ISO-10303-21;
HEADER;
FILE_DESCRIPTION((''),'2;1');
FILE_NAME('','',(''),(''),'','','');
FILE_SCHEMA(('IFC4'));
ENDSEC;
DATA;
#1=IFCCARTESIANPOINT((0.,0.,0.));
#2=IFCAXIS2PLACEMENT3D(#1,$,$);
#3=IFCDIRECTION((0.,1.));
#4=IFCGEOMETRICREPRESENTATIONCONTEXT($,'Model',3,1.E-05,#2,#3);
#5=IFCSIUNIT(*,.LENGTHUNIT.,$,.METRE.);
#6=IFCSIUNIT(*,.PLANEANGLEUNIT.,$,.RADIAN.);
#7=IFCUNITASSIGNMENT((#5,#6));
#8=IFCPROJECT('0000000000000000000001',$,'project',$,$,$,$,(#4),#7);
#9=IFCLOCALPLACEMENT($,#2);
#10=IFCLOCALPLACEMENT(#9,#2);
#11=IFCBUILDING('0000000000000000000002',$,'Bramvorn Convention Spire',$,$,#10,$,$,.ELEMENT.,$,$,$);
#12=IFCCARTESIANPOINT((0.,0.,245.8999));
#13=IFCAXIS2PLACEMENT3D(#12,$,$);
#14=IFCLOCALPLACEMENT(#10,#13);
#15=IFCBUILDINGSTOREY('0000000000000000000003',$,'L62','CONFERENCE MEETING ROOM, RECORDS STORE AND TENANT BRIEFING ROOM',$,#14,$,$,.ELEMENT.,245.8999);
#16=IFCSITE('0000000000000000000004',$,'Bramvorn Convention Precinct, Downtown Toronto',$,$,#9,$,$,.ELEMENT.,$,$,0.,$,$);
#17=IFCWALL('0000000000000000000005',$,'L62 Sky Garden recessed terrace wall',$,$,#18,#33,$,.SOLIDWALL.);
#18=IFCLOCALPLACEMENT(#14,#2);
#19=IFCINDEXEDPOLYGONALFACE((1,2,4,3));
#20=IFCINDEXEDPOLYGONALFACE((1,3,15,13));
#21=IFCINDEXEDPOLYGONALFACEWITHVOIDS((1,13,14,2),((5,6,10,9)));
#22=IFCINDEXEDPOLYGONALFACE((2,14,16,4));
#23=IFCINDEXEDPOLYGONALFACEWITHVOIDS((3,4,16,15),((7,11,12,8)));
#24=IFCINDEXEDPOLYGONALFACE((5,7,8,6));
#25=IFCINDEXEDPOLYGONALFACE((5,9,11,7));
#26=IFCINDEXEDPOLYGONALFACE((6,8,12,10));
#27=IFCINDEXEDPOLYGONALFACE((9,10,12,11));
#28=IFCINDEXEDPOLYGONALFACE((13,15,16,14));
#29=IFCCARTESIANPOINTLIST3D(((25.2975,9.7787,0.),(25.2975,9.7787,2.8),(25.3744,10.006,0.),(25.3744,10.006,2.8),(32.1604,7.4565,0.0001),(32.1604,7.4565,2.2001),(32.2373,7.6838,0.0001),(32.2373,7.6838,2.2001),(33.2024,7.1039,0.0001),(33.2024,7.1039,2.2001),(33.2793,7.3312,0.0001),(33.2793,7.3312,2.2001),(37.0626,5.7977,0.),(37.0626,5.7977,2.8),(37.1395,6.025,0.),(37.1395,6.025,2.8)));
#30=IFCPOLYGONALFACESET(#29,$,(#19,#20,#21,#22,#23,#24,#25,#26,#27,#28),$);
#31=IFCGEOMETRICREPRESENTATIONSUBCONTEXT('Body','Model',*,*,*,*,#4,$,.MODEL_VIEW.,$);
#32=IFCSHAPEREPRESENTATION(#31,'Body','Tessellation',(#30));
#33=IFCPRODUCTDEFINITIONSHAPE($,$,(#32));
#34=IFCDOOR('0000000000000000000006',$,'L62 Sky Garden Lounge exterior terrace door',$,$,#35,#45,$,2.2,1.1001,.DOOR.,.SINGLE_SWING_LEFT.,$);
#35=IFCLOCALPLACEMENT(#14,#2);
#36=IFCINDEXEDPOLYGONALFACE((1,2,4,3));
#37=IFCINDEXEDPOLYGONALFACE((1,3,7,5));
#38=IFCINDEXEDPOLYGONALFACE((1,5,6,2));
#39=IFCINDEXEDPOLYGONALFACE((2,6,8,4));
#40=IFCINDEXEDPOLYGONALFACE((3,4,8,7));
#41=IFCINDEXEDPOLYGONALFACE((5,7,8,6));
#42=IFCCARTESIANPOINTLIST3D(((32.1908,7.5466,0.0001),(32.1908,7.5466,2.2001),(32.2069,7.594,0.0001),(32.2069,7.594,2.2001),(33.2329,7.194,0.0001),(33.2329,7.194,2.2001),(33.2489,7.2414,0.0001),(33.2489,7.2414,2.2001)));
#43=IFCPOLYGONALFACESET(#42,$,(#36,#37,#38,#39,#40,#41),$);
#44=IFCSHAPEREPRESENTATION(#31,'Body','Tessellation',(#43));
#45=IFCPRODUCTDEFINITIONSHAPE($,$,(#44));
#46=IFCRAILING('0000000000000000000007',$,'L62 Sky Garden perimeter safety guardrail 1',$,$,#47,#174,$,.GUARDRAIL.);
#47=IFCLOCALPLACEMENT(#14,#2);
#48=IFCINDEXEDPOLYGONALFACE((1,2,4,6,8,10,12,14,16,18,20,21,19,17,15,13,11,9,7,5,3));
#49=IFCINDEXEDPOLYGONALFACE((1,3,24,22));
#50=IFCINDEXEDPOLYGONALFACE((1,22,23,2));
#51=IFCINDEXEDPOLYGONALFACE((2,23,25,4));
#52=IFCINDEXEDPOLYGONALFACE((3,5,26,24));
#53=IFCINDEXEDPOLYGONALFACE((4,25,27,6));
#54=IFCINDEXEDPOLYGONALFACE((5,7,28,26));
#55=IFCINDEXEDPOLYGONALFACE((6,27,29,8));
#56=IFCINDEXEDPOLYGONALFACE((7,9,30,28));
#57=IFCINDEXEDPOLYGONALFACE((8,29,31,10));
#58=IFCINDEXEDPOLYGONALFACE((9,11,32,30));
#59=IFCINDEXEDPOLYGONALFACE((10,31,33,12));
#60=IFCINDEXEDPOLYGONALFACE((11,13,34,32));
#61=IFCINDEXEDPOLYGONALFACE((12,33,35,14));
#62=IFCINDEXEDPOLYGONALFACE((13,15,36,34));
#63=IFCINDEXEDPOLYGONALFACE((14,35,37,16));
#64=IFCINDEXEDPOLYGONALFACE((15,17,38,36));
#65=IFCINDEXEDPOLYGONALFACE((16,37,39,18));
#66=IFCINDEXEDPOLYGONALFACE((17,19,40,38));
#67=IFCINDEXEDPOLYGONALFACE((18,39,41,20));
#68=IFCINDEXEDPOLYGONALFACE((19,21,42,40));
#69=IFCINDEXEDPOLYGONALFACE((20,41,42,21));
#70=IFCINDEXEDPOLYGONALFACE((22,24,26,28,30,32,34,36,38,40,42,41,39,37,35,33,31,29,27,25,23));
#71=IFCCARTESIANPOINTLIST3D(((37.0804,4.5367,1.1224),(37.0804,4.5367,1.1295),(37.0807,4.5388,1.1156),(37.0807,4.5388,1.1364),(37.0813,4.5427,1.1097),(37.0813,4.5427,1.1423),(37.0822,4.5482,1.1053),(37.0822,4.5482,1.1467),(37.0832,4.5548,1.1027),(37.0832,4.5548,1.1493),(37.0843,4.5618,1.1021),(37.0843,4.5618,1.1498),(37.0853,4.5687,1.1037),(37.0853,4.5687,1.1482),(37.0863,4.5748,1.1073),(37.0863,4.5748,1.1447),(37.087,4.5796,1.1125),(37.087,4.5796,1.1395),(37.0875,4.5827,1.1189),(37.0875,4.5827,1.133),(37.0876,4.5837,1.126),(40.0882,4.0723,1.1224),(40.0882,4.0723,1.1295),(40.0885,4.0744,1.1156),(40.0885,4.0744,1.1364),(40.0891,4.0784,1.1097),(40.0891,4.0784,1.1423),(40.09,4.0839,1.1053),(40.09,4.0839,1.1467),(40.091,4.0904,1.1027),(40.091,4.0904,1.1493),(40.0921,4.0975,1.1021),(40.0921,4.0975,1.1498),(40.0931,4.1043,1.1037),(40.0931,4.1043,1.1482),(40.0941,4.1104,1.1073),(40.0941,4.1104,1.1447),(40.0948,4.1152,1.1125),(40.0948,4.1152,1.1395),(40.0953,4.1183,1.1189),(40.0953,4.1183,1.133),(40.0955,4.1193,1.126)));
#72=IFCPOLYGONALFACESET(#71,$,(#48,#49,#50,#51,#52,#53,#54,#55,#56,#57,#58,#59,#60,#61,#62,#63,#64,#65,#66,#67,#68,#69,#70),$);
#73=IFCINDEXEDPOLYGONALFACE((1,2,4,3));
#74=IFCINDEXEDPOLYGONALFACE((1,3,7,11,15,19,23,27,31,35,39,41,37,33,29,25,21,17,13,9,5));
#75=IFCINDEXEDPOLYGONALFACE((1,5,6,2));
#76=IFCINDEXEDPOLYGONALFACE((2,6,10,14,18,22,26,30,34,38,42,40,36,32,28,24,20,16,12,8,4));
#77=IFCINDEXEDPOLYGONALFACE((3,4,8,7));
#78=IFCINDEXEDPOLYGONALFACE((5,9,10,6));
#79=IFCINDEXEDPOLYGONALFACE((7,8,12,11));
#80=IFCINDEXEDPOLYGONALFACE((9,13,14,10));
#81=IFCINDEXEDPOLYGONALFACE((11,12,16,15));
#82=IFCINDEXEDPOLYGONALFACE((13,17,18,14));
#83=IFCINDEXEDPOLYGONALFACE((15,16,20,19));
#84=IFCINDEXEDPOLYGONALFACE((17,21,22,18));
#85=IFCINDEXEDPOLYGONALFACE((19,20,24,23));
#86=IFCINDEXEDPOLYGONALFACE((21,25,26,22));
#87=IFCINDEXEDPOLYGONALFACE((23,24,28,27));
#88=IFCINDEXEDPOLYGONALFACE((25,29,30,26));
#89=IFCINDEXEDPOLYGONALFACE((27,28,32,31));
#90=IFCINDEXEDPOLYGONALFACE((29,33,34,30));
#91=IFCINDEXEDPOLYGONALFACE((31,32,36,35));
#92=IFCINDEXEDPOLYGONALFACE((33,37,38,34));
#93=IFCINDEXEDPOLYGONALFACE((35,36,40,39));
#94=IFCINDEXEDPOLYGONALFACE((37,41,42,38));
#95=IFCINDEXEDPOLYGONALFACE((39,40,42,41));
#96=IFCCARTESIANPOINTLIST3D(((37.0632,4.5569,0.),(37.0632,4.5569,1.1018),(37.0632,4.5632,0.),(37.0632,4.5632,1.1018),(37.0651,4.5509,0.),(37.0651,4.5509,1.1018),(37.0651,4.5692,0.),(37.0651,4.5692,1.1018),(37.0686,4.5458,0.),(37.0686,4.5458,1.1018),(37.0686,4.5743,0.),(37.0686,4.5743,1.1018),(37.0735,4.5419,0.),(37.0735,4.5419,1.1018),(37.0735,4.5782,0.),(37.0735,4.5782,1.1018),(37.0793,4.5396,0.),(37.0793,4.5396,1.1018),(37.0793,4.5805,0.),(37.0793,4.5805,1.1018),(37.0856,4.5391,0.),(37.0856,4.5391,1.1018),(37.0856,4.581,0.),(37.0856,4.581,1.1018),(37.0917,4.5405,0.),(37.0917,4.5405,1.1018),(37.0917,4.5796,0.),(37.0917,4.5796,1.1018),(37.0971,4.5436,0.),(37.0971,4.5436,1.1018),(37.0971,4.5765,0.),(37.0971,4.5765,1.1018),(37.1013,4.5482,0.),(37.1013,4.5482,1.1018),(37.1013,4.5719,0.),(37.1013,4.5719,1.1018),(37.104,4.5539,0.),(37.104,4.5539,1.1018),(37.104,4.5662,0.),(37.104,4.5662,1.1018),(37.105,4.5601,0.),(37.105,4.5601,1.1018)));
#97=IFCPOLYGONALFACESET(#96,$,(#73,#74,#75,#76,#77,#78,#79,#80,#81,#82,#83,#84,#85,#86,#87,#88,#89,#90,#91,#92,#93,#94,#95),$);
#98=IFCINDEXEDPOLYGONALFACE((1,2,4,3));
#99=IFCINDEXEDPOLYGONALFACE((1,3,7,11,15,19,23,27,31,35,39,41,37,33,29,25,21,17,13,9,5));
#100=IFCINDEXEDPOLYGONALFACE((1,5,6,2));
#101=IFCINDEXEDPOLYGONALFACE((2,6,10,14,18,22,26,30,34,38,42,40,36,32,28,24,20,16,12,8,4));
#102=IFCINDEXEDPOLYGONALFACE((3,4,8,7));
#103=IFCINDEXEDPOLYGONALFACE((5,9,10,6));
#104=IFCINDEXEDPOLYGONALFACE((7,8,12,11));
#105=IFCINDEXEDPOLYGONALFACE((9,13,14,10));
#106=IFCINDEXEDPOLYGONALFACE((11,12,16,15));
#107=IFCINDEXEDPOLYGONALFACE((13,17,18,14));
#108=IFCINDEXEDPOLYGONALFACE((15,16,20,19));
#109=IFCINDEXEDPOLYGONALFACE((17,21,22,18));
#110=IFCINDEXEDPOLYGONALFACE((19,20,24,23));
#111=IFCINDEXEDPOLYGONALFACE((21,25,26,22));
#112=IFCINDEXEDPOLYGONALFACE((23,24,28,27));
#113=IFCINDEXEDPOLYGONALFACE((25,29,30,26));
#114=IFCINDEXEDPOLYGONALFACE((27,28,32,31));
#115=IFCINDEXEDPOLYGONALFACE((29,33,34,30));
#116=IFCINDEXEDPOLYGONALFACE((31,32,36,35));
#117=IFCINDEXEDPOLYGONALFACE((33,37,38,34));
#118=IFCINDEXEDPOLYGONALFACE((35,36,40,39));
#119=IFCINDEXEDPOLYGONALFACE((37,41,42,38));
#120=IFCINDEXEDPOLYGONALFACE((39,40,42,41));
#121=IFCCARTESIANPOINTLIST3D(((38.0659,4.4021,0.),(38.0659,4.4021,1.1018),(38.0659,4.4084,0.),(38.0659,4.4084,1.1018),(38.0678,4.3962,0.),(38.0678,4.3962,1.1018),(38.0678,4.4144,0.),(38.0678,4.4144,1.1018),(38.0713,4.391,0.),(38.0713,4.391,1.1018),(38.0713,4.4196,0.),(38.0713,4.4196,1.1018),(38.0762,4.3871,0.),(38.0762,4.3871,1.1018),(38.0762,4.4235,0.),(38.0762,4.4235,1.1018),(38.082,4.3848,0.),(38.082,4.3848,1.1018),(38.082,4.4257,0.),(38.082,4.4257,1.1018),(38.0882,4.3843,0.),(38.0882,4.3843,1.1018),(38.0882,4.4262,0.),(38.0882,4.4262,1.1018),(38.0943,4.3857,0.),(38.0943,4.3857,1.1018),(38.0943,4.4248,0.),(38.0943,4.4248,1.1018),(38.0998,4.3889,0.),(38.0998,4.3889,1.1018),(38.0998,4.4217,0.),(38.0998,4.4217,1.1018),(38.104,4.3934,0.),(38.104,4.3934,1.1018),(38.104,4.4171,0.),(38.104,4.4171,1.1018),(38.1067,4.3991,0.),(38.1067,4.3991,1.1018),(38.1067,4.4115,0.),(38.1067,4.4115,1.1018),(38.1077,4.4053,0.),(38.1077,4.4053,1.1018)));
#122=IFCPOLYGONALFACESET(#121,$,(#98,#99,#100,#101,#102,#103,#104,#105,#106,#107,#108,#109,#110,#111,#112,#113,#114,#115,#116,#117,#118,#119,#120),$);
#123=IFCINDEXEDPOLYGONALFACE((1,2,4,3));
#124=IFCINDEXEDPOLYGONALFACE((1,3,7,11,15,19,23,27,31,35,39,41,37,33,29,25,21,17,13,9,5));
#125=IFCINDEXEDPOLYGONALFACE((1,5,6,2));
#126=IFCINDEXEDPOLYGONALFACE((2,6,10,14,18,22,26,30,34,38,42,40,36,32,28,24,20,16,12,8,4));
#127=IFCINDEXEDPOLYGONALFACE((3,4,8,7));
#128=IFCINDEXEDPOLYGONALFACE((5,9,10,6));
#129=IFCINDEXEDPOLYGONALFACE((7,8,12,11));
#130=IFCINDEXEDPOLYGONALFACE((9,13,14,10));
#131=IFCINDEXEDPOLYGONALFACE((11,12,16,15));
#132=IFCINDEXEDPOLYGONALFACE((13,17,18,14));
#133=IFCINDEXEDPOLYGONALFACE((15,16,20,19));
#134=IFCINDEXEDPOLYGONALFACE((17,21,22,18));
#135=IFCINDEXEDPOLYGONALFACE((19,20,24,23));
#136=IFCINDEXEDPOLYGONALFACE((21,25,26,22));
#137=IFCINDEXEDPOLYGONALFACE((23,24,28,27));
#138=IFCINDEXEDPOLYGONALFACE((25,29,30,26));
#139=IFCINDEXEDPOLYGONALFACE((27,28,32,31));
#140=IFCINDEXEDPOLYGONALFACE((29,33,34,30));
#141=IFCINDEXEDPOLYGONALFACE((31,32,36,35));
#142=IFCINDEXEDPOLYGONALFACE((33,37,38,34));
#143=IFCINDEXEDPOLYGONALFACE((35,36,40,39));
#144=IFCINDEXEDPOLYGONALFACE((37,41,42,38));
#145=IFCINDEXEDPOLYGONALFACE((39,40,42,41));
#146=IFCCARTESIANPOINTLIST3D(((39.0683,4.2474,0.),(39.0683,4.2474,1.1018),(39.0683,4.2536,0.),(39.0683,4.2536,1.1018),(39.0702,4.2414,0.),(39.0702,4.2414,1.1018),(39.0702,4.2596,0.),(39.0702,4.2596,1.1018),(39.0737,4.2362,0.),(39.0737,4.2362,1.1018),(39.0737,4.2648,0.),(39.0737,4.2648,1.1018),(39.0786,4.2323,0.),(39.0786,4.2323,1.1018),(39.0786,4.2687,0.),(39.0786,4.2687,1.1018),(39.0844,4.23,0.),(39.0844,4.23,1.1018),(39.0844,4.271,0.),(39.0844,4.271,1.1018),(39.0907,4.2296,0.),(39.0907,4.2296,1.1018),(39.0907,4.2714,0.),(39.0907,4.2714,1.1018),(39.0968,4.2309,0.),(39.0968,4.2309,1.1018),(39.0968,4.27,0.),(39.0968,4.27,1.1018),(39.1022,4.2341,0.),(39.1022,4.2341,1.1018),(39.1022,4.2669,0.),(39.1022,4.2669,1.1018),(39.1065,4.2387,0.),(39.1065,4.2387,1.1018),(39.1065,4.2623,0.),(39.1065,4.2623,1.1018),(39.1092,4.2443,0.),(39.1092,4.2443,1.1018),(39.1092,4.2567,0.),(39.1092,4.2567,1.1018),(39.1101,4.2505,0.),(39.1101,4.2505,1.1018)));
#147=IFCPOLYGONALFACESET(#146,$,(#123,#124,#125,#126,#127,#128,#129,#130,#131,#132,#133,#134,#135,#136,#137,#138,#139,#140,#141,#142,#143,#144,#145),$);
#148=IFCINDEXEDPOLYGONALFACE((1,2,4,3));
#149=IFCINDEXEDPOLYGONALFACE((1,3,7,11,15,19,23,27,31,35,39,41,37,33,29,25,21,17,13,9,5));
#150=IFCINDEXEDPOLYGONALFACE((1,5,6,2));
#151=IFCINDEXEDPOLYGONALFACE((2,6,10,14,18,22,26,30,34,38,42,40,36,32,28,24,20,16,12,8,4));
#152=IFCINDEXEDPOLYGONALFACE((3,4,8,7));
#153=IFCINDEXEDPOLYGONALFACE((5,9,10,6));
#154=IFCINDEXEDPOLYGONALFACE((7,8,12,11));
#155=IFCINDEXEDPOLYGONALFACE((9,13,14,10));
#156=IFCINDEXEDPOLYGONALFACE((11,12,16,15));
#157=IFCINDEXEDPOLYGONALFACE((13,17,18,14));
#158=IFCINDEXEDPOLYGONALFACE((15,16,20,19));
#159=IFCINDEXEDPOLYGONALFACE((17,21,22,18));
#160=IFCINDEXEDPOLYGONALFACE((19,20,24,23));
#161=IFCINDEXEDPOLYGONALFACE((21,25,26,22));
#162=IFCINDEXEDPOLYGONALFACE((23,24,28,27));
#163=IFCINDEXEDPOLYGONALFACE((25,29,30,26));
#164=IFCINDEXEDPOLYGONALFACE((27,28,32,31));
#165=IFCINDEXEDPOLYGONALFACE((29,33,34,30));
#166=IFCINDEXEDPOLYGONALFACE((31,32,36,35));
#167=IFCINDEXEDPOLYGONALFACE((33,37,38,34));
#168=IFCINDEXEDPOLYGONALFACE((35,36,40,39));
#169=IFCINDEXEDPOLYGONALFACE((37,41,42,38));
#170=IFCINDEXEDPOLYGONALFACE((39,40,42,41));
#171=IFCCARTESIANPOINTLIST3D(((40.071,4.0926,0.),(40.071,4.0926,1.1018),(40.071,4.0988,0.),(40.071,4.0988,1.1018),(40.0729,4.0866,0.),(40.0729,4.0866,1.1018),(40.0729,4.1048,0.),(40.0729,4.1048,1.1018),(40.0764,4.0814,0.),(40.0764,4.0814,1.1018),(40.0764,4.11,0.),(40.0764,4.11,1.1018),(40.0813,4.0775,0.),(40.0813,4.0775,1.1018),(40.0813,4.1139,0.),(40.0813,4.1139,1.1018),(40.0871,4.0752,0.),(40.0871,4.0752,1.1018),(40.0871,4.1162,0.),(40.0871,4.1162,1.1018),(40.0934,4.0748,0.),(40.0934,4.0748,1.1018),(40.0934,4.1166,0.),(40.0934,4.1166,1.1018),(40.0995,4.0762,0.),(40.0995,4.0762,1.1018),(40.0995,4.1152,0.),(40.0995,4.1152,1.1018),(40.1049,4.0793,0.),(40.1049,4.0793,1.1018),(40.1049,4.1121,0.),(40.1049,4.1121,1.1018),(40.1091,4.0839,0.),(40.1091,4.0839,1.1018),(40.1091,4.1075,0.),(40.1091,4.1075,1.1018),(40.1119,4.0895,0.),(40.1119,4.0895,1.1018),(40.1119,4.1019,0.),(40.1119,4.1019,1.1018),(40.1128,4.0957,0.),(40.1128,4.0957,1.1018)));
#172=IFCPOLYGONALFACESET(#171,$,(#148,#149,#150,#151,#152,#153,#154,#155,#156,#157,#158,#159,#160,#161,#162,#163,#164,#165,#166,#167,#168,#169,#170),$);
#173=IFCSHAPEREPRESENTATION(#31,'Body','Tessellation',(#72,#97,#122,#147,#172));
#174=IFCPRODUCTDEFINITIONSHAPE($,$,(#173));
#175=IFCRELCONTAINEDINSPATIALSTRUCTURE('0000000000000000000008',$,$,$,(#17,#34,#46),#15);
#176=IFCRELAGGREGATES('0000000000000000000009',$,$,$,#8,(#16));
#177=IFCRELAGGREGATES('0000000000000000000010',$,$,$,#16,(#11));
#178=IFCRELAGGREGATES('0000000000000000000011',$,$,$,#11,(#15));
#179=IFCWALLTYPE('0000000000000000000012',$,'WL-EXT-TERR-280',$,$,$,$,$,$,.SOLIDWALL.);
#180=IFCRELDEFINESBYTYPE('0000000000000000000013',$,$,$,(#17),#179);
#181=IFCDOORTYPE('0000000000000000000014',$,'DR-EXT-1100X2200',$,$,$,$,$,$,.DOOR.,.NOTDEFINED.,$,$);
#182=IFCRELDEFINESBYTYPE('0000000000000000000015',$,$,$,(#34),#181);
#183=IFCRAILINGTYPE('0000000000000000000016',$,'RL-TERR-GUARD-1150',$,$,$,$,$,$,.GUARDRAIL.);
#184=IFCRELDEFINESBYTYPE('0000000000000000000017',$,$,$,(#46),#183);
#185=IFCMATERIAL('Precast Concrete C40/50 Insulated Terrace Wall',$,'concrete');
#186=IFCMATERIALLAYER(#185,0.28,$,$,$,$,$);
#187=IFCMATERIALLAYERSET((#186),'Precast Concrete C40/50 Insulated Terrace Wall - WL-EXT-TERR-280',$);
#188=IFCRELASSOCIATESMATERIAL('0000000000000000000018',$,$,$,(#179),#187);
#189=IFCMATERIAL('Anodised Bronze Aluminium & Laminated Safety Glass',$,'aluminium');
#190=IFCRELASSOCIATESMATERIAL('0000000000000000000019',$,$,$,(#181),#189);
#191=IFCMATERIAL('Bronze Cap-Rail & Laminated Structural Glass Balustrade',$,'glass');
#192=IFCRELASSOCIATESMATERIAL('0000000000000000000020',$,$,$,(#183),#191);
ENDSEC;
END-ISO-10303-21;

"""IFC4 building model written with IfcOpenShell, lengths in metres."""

from ifc_helpers import new_model, si_unit, direction, frame, frame_2d, origin, origin_2d, place, context, subcontext, project, spatial, rectangle, circle, extrude, material, layer, layer_set, type_object, element, fill, save


model = new_model("IFC4")

# Units and contexts
model_context = context("Model", 3, precision=1e-05, world=origin(), true_north=direction((0.0, 1.0)))
body_context = subcontext(model_context, "Body", "Model", "MODEL_VIEW")
ifc_project = project(units=[si_unit("LENGTHUNIT", "METRE"), si_unit("PLANEANGLEUNIT", "RADIAN")], contexts=[model_context])

# Site, building, storey
site_placement = place(None, origin())
site = spatial("IfcSite", under=ifc_project, at=site_placement, Name="Bramvorn Convention Precinct, Downtown Toronto", CompositionType="ELEMENT", RefElevation=0.0)
building_placement = place(site_placement, origin())
building = spatial("IfcBuilding", under=site, at=building_placement, Name="Bramvorn Convention Spire", CompositionType="ELEMENT")
storey_placement = place(building_placement, frame((0.0, 0.0, 245.8999)))
storey = spatial("IfcBuildingStorey", under=building, at=storey_placement, Name="L62", Description="CONFERENCE MEETING ROOM, RECORDS STORE AND TENANT BRIEFING ROOM", CompositionType="ELEMENT", Elevation=245.8999)

# Wall, opening, door
ifc_material_1 = material(Name="Precast Concrete C40/50 Insulated Terrace Wall", Category="concrete")
ifc_layer_1 = layer(ifc_material_1, 0.28)
ifc_layer_set_1 = layer_set([ifc_layer_1], Name="Precast Concrete C40/50 Insulated Terrace Wall - WL-EXT-TERR-280")
wall_type = type_object("IfcWallType", Name="WL-EXT-TERR-280", PredefinedType="SOLIDWALL", material=ifc_layer_set_1)
wall_placement = place(storey_placement, frame((37.1011, 5.9114, 0.0), z_axis=(0.0, 0.0, 1.0), x_axis=(-0.947243, 0.320517, 0.0)))
wall = element("IfcWall", 1, at=wall_placement, inside=storey, type_object=wall_type, Name="L62 Sky Garden recessed terrace wall", PredefinedType="SOLIDWALL", context=body_context, shape_type="SweptSolid", body=[
    extrude(rectangle(XDim=12.4204, YDim=0.24, at=frame_2d((6.2102, 0.0))), origin(), (0.0, 0.0, 1.0), 2.8),
])
opening_placement = place(wall_placement, frame((4.0752, 0.0, 0.0)))
opening = element("IfcOpeningElement", 2, at=opening_placement, cuts=wall, PredefinedType="OPENING", context=body_context, shape_type="SweptSolid", body=[
    extrude(rectangle(XDim=1.1001, YDim=2.2, at=frame_2d((0.55, 1.1001))), frame((0.0, 0.1299, 0.0), z_axis=(0.0, -1.0, 0.0), x_axis=(1.0, 0.0, 0.0)), (0.0, 0.0, 1.0), 0.26),
])
ifc_material_2 = material(Name="Anodised Bronze Aluminium & Laminated Safety Glass", Category="aluminium")
door_type = type_object("IfcDoorType", Name="DR-EXT-1100X2200", OperationType="NOTDEFINED", PredefinedType="DOOR", material=ifc_material_2)
door_placement = place(opening_placement, origin())
door = element("IfcDoor", 3, at=door_placement, inside=storey, type_object=door_type, Name="L62 Sky Garden Lounge exterior terrace door", OperationType="SINGLE_SWING_LEFT", OverallHeight=2.2, OverallWidth=1.1001, PredefinedType="DOOR", context=body_context, shape_type="SweptSolid", body=[
    extrude(rectangle(XDim=1.1001, YDim=2.2, at=frame_2d((0.55, 1.1001))), frame((0.0, 0.0249, 0.0), z_axis=(0.0, -1.0, 0.0), x_axis=(1.0, 0.0, 0.0)), (0.0, 0.0, 1.0), 0.05),
])
fill(opening, door)

# Railing
ifc_material_3 = material(Name="Bronze Cap-Rail & Laminated Structural Glass Balustrade", Category="glass")
railing_type = type_object("IfcRailingType", Name="RL-TERR-GUARD-1150", PredefinedType="GUARDRAIL", material=ifc_material_3)
railing_1_placement = place(storey_placement, frame((37.084, 4.5601, 0.0)))
element("IfcRailing", 4, at=railing_1_placement, inside=storey, type_object=railing_type, Name="L62 Sky Garden perimeter safety guardrail 1", PredefinedType="GUARDRAIL", context=body_context, shape_type="SweptSolid", body=[
    extrude(circle(Radius=0.0239, at=origin_2d()), frame((0.0, 0.0, 1.126), z_axis=(0.988292, -0.152576, 0.0), x_axis=(0.152576, 0.988292, 0.0)), (0.0, 0.0, 1.0), 3.0435),
    extrude(circle(Radius=0.021, at=origin_2d()), origin(), (0.0, 0.0, 1.0), 1.1018),
    extrude(circle(Radius=0.021, at=origin_2d()), frame((1.0027, -0.1548, 0.0)), (0.0, 0.0, 1.0), 1.1018),
    extrude(circle(Radius=0.021, at=origin_2d()), frame((2.0051, -0.3096, 0.0)), (0.0, 0.0, 1.0), 1.1018),
    extrude(circle(Radius=0.021, at=origin_2d()), frame((3.0078, -0.4644, 0.0)), (0.0, 0.0, 1.0), 1.1018),
])

save(model, "model.ifc")
